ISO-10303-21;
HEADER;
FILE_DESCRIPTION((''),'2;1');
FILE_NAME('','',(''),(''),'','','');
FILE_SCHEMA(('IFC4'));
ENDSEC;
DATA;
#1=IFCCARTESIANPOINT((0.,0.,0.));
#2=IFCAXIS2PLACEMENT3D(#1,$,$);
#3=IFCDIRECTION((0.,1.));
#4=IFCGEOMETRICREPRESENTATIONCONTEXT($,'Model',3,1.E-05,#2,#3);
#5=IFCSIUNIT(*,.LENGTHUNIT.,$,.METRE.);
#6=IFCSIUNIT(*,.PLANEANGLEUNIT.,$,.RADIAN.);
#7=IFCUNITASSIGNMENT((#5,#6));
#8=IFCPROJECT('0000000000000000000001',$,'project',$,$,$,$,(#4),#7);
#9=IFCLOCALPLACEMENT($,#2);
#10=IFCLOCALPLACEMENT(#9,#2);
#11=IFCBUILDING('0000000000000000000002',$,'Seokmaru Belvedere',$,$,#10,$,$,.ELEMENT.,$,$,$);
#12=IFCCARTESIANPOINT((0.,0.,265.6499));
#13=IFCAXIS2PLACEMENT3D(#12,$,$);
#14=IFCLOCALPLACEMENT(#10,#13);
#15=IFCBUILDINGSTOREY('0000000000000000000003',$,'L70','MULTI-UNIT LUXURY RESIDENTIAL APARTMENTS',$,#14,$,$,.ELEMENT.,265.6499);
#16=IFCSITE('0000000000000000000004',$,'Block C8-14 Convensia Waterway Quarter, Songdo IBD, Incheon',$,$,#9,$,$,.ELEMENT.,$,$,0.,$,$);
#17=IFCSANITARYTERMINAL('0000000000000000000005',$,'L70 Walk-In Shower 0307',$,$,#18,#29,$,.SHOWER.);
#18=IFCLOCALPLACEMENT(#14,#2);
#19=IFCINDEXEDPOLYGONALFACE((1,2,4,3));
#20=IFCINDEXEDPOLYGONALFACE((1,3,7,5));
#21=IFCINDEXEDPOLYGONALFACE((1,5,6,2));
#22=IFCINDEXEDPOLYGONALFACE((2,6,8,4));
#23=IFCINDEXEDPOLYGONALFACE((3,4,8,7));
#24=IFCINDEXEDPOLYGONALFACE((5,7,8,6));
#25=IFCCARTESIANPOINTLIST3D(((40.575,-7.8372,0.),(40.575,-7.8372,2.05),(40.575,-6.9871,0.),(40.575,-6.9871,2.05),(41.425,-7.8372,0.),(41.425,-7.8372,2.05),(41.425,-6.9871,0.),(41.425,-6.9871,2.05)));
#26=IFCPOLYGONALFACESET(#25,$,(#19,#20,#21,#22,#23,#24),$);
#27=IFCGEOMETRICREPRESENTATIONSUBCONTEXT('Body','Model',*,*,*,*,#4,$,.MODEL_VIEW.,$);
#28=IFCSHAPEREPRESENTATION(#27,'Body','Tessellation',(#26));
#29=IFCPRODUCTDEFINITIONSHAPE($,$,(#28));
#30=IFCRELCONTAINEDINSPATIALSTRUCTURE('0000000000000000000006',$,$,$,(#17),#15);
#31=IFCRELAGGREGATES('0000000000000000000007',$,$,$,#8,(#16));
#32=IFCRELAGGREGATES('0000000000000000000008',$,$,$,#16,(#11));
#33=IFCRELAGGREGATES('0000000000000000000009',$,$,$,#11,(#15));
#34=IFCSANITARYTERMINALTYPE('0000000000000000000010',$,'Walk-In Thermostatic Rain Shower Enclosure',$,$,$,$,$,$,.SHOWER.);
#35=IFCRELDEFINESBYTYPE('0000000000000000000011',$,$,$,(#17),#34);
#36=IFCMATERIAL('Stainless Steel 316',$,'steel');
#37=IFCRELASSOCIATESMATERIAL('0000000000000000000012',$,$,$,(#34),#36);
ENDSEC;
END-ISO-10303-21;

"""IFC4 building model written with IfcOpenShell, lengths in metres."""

from ifc_helpers import new_model, si_unit, direction, frame, origin, origin_2d, place, context, subcontext, project, spatial, rectangle, extrude, source, transform, mapped, material, type_object, type_shapes, element, save


model = new_model("IFC4")

# Units and contexts
model_context = context("Model", 3, precision=1e-05, world=origin(), true_north=direction((0.0, 1.0)))
body_context = subcontext(model_context, "Body", "Model", "MODEL_VIEW")
ifc_project = project(units=[si_unit("LENGTHUNIT", "METRE"), si_unit("PLANEANGLEUNIT", "RADIAN")], contexts=[model_context])

# Site, building, storey
site_placement = place(None, origin())
site = spatial("IfcSite", under=ifc_project, at=site_placement, Name="Block C8-14 Convensia Waterway Quarter, Songdo IBD, Incheon", CompositionType="ELEMENT", RefElevation=0.0)
building_placement = place(site_placement, origin())
building = spatial("IfcBuilding", under=site, at=building_placement, Name="Seokmaru Belvedere", CompositionType="ELEMENT")
storey_placement = place(building_placement, frame((0.0, 0.0, 265.6499)))
storey = spatial("IfcBuildingStorey", under=building, at=storey_placement, Name="L70", Description="MULTI-UNIT LUXURY RESIDENTIAL APARTMENTS", CompositionType="ELEMENT", Elevation=265.6499)

# Shared definitions
ifc_material_1 = material(Name="Stainless Steel 316", Category="steel")

# Sanitary terminal
sanitary_terminal_type_1 = type_object("IfcSanitaryTerminalType", Name="Walk-In Thermostatic Rain Shower Enclosure", PredefinedType="SHOWER", material=ifc_material_1)
shared_shape_1 = source(origin(), body_context, "Body", "SweptSolid", [
    extrude(rectangle(XDim=0.8501, YDim=0.8501, at=origin_2d()), origin(), (0.0, 0.0, 1.0), 2.05),
])
type_shapes(sanitary_terminal_type_1, [shared_shape_1])
sanitary_terminal_1_placement = place(storey_placement, frame((41.0, -7.4121, 0.0), z_axis=(0.0, 0.0, 1.0), x_axis=(1.0, 0.0, 0.0)))
element("IfcSanitaryTerminal", 1, at=sanitary_terminal_1_placement, inside=storey, type_object=sanitary_terminal_type_1, Name="L70 Walk-In Shower 0307", PredefinedType="SHOWER", context=body_context, shape_type="MappedRepresentation", body=[
    mapped(shared_shape_1, transform((0.0, 0.0, 0.0), scale=1.0)),
])

save(model, "model.ifc")
